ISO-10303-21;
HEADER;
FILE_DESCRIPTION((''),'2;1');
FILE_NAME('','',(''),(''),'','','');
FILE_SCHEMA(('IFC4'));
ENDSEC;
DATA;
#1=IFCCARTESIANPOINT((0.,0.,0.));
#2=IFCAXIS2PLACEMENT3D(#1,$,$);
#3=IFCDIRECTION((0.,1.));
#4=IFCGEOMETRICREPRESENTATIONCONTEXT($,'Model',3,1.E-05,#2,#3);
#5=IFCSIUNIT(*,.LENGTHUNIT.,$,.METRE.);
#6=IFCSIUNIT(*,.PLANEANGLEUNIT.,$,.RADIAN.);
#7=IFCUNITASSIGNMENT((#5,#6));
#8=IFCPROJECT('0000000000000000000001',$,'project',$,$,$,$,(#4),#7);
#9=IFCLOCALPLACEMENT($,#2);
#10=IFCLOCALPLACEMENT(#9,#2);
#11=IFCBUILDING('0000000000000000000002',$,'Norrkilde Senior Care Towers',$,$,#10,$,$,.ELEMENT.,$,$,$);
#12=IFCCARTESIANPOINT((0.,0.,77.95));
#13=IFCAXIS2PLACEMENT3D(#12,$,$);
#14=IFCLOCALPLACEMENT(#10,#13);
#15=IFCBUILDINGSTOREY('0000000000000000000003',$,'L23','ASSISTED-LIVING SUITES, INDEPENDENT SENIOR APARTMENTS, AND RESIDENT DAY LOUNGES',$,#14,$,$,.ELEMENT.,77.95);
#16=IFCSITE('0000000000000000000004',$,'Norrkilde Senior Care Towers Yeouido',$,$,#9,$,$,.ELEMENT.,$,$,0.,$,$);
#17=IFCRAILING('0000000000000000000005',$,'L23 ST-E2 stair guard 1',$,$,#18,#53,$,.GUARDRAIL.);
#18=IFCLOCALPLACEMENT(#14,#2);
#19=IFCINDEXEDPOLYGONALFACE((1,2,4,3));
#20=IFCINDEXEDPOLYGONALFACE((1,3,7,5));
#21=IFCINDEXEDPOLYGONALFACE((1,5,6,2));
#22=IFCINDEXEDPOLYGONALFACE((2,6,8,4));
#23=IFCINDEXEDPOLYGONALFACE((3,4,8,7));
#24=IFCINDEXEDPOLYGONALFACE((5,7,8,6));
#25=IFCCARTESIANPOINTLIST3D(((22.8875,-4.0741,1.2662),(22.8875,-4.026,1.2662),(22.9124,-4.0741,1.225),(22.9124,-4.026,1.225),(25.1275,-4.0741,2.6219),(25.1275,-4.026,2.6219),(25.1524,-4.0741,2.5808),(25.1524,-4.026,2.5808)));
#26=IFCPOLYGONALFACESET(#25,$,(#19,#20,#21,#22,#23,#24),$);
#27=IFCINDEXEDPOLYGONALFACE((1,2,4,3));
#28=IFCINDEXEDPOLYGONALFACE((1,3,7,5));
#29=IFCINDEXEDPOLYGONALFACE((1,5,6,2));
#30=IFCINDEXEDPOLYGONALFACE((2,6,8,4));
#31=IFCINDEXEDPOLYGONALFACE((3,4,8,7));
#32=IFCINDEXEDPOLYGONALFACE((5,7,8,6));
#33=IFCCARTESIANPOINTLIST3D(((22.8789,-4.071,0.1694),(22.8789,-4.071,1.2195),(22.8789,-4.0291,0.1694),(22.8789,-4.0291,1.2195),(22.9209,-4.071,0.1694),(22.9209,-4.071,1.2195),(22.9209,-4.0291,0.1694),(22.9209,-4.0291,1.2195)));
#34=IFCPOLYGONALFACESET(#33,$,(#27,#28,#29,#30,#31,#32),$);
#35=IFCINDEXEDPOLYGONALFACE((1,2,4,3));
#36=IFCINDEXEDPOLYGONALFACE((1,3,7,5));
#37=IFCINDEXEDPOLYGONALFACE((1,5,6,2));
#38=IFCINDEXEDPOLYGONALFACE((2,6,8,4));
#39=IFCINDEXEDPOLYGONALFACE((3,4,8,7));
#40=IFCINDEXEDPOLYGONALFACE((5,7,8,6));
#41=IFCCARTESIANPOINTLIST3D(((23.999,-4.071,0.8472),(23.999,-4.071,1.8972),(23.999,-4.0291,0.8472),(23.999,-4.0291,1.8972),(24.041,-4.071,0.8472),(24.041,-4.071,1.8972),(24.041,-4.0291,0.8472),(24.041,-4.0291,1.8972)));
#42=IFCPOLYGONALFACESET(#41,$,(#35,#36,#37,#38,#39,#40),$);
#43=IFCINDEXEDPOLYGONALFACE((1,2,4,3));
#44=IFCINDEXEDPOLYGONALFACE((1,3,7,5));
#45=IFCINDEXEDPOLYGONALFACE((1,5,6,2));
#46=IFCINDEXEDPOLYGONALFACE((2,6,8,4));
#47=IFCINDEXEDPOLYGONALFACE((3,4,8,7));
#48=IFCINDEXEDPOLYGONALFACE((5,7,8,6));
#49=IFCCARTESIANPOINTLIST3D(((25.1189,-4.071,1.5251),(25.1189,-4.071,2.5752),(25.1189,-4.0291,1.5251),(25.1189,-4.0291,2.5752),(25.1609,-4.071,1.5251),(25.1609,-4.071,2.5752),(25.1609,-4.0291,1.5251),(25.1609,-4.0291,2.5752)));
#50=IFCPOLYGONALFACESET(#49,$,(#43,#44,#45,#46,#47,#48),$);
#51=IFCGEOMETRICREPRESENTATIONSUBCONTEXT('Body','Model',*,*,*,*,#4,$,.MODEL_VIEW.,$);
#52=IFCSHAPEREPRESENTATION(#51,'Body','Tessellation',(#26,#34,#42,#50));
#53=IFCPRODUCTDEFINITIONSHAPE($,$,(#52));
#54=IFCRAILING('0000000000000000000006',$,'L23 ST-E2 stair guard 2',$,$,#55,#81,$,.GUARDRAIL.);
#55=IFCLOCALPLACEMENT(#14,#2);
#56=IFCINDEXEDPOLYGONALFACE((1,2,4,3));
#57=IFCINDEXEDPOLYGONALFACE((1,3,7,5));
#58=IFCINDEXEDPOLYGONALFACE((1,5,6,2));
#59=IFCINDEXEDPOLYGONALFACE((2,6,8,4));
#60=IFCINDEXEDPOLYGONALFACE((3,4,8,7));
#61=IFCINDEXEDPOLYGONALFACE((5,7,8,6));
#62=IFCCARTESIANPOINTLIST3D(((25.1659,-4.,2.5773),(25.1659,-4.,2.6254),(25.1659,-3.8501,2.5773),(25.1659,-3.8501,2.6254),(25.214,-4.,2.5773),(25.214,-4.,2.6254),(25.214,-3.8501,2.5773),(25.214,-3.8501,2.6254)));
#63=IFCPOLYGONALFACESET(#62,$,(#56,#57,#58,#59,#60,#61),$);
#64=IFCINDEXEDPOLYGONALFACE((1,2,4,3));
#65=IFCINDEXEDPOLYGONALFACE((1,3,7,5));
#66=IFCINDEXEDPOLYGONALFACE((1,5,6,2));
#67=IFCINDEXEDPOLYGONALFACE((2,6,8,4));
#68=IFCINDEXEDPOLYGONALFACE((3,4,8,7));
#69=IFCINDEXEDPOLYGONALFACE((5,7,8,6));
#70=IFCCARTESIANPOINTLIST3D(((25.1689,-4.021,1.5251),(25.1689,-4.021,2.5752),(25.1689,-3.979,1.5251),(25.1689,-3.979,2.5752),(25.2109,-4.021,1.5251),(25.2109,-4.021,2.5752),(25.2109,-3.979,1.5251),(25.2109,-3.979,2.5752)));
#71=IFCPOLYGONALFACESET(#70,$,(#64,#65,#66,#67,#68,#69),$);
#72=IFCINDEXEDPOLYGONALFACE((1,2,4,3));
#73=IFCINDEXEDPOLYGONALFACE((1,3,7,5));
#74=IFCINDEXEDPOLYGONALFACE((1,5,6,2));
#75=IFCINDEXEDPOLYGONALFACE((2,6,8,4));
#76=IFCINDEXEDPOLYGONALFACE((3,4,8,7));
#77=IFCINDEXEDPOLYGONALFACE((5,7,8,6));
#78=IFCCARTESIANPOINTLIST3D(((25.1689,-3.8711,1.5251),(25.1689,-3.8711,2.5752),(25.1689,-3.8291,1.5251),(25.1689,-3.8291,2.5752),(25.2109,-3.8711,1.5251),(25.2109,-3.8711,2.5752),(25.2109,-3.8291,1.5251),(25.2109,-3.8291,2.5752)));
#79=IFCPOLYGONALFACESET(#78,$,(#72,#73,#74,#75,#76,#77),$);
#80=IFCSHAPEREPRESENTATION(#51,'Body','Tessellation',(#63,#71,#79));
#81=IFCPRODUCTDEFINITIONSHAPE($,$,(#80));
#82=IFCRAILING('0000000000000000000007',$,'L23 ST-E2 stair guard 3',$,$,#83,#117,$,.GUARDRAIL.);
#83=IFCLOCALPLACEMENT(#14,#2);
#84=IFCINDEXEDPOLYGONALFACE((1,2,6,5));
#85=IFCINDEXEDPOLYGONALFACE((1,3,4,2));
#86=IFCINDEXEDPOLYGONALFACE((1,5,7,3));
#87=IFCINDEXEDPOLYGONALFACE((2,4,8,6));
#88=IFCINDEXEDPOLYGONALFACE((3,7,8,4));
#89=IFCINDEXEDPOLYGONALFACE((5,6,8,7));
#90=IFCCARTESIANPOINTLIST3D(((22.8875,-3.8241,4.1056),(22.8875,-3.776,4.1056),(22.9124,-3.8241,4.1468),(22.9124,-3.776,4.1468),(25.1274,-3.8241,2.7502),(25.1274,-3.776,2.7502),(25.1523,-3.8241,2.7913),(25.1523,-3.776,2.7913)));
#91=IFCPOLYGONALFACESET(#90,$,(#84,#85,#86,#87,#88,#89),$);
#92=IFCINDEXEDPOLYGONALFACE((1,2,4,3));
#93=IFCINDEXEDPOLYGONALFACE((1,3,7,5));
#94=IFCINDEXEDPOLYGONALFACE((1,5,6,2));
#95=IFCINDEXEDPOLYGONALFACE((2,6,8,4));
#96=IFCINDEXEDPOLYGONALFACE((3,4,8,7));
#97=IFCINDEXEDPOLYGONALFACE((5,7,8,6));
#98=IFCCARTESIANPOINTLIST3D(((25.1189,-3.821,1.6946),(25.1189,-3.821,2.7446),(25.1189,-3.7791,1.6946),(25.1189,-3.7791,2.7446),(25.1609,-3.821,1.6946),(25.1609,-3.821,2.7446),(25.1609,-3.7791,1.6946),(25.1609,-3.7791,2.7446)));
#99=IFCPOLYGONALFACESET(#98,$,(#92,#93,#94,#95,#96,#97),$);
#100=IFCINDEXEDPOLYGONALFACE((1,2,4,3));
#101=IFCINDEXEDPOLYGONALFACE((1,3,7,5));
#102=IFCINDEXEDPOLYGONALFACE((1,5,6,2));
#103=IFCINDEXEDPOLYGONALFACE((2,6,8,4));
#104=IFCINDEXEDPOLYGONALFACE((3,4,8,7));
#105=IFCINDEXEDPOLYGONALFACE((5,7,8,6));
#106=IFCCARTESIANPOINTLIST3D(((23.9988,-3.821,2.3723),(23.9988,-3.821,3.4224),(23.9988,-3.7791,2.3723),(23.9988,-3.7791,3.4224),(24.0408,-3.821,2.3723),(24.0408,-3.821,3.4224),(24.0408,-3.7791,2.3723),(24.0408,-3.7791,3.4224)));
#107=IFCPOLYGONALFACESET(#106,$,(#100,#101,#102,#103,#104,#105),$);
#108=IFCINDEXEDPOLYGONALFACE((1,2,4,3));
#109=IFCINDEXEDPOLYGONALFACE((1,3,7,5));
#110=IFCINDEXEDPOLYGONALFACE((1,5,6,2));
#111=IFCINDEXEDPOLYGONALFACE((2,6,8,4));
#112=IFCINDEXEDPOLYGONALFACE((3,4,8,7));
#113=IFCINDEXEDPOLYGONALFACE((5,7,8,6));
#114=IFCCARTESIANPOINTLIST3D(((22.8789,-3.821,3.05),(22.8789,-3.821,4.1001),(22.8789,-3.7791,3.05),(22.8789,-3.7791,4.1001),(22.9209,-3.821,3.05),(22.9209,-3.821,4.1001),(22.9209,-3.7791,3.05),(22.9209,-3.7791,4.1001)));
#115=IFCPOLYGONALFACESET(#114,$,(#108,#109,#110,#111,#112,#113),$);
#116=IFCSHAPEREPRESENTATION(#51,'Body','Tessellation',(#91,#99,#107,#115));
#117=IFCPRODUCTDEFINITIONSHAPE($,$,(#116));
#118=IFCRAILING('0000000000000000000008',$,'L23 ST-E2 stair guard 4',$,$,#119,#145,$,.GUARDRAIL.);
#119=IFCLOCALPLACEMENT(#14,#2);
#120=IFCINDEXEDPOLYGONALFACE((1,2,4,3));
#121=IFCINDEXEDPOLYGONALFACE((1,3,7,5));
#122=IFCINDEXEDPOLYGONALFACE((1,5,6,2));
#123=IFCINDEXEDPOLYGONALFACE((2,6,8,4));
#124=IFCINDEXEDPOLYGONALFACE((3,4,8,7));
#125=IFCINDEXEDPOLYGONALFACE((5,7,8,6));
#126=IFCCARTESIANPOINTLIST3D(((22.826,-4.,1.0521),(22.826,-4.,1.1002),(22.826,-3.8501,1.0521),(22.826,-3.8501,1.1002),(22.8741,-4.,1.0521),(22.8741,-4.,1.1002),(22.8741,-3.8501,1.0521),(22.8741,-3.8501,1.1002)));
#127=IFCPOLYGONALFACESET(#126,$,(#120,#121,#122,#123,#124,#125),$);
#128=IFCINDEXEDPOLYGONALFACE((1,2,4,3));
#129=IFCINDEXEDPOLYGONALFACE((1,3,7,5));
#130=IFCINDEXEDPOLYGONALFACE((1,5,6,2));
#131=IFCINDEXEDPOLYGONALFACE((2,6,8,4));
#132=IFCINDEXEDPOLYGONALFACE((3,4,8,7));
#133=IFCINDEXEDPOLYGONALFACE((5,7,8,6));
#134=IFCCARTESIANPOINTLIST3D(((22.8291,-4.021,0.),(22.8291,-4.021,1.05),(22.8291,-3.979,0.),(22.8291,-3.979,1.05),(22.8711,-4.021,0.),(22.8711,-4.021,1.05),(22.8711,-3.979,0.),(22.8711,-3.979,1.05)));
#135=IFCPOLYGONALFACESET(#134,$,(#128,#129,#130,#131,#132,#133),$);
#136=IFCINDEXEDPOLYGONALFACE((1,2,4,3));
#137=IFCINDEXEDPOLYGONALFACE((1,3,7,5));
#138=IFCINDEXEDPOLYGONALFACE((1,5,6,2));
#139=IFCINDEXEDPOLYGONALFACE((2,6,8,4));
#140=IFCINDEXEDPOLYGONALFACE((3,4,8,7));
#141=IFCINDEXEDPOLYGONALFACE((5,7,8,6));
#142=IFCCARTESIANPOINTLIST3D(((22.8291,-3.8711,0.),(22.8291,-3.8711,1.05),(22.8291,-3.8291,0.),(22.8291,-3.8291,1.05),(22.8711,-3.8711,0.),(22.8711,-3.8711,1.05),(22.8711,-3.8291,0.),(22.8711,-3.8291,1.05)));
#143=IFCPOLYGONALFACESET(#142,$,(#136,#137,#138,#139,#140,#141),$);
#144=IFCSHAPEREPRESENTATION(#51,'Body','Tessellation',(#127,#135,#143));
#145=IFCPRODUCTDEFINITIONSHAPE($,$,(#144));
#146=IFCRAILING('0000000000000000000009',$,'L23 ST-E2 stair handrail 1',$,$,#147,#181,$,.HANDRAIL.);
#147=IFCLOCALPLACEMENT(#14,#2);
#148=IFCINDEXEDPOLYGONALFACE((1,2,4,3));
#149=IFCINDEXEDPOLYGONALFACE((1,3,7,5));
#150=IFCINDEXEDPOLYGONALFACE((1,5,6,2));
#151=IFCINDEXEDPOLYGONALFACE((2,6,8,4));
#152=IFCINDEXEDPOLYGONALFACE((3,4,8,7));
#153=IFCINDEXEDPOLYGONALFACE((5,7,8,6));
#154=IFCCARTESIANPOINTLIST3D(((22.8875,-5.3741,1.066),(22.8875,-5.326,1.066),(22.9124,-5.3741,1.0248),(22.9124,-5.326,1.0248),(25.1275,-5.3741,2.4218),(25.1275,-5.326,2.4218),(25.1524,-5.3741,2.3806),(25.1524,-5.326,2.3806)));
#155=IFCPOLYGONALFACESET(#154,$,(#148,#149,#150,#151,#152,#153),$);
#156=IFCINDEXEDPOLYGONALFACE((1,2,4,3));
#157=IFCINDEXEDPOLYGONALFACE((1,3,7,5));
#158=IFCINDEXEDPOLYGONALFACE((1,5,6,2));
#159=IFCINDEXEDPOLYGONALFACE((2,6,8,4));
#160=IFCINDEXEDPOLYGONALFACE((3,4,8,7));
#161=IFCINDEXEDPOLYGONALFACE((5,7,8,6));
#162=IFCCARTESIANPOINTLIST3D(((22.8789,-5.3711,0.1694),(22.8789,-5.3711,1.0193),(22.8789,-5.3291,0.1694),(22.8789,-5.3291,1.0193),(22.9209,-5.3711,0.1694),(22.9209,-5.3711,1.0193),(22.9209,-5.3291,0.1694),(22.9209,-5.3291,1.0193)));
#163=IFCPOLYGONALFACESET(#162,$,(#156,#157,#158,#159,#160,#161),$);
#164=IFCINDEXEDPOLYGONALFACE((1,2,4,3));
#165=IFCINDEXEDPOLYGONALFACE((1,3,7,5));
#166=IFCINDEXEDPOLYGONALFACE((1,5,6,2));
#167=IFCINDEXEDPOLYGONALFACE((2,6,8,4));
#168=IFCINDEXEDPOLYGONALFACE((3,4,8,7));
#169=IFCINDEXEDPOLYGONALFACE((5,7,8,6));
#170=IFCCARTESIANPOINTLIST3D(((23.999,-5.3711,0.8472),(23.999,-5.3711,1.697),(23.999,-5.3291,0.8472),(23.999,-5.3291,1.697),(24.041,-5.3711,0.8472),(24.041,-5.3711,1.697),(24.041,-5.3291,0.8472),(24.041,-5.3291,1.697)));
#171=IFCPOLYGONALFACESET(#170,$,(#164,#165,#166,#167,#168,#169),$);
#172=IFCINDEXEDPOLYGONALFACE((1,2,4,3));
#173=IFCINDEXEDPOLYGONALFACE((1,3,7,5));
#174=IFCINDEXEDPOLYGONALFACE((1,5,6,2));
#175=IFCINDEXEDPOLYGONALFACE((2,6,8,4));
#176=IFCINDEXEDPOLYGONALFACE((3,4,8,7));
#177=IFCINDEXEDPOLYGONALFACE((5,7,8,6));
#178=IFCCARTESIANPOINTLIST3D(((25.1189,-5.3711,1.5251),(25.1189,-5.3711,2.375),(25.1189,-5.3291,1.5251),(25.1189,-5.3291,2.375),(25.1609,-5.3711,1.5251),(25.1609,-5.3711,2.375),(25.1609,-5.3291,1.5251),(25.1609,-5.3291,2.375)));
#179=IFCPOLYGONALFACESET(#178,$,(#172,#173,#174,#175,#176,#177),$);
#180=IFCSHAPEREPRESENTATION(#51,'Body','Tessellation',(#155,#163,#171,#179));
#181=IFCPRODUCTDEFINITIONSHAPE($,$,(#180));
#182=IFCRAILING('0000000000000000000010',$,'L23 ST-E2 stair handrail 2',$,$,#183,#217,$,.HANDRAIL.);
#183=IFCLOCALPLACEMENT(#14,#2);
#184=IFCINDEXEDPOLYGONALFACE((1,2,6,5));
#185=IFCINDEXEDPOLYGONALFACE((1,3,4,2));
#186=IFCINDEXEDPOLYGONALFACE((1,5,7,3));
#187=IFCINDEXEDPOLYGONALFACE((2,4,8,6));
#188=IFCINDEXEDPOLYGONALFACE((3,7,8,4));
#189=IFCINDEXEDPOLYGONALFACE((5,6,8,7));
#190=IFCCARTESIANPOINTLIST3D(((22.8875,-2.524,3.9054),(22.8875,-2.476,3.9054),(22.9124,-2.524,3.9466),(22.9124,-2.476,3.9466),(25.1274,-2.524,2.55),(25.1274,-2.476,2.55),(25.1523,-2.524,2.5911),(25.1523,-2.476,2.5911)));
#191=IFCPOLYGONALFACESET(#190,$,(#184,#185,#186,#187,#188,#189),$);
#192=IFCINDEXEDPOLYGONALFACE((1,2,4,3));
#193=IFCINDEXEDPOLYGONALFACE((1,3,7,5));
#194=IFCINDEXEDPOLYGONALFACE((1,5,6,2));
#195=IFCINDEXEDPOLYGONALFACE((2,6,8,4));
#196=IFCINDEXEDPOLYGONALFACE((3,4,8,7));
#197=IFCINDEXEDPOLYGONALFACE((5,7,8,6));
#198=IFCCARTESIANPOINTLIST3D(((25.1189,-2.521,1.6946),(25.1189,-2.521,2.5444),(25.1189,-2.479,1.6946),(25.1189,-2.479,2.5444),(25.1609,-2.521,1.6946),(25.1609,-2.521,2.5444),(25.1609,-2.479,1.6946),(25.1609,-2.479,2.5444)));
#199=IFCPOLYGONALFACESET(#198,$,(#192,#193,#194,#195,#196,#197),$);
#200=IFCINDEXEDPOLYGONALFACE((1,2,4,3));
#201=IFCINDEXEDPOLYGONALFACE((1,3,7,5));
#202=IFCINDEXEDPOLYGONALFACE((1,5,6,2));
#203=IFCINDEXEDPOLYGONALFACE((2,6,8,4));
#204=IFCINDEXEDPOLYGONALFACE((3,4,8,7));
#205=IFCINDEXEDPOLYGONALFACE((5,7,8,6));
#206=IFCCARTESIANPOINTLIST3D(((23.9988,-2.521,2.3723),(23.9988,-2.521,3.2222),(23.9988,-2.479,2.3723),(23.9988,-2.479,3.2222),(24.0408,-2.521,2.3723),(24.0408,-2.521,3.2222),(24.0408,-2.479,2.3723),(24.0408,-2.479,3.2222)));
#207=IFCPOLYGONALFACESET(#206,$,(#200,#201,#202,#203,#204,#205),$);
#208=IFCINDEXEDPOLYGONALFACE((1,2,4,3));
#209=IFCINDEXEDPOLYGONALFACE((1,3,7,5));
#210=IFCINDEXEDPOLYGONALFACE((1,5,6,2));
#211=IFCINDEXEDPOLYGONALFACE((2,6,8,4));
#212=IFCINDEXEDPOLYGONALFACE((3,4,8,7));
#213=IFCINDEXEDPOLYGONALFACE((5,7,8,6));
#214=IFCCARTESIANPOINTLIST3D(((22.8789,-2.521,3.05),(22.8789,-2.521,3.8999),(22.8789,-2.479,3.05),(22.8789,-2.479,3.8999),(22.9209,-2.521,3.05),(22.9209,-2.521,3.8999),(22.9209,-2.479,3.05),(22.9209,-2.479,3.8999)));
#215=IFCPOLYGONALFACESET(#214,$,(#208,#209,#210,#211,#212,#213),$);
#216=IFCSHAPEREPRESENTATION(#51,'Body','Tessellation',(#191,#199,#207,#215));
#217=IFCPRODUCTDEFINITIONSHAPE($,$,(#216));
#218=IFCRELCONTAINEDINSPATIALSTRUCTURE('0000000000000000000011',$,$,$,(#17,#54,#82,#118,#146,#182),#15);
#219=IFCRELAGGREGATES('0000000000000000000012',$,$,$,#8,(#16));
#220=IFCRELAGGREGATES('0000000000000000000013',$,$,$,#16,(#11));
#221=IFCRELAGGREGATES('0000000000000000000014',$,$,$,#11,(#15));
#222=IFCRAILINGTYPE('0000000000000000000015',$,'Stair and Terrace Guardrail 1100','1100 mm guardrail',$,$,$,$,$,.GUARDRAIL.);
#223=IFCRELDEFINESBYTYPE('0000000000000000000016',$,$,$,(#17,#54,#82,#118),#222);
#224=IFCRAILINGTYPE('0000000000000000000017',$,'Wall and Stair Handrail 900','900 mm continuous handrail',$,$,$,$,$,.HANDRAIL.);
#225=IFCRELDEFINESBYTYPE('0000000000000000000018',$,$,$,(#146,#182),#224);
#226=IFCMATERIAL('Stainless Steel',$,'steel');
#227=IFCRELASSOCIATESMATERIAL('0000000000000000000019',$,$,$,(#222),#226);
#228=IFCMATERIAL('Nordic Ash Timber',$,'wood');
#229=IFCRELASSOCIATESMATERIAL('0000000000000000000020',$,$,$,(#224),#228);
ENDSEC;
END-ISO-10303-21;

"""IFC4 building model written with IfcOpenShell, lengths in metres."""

from ifc_helpers import new_model, si_unit, direction, frame, origin, origin_2d, place, context, subcontext, project, spatial, rectangle, extrude, material, type_object, element, save


model = new_model("IFC4")

# Units and contexts
model_context = context("Model", 3, precision=1e-05, world=origin(), true_north=direction((0.0, 1.0)))
body_context = subcontext(model_context, "Body", "Model", "MODEL_VIEW")
ifc_project = project(units=[si_unit("LENGTHUNIT", "METRE"), si_unit("PLANEANGLEUNIT", "RADIAN")], contexts=[model_context])

# Site, building, storey
site_placement = place(None, origin())
site = spatial("IfcSite", under=ifc_project, at=site_placement, Name="Norrkilde Senior Care Towers Yeouido", CompositionType="ELEMENT", RefElevation=0.0)
building_placement = place(site_placement, origin())
building = spatial("IfcBuilding", under=site, at=building_placement, Name="Norrkilde Senior Care Towers", CompositionType="ELEMENT")
storey_placement = place(building_placement, frame((0.0, 0.0, 77.95)))
storey = spatial("IfcBuildingStorey", under=building, at=storey_placement, Name="L23", Description="ASSISTED-LIVING SUITES, INDEPENDENT SENIOR APARTMENTS, AND RESIDENT DAY LOUNGES", CompositionType="ELEMENT", Elevation=77.95)

# Shared definitions
ifc_material_1 = material(Name="Stainless Steel", Category="steel")

# Shared definitions
ifc_material_2 = material(Name="Nordic Ash Timber", Category="wood")

# Railings
railing_type_1 = type_object("IfcRailingType", Name="Stair and Terrace Guardrail 1100", Description="1100 mm guardrail", PredefinedType="GUARDRAIL", material=ifc_material_1)
railing_1_placement = place(storey_placement, frame((22.8999, -4.05, 0.1694)))
element("IfcRailing", 1, at=railing_1_placement, inside=storey, type_object=railing_type_1, Name="L23 ST-E2 stair guard 1", PredefinedType="GUARDRAIL", context=body_context, shape_type="SweptSolid", body=[
    extrude(rectangle(XDim=0.0481, YDim=0.0481, at=origin_2d()), frame((0.0, 0.0, 1.0762), z_axis=(0.855512, 0.0, 0.517783), x_axis=(0.0, 1.0, 0.0)), (0.0, 0.0, 1.0), 2.6184),
    extrude(rectangle(XDim=0.042, YDim=0.042, at=origin_2d()), origin(), (0.0, 0.0, 1.0), 1.05),
    extrude(rectangle(XDim=0.042, YDim=0.042, at=origin_2d()), frame((1.1201, 0.0, 0.6777)), (0.0, 0.0, 1.0), 1.05),
    extrude(rectangle(XDim=0.042, YDim=0.042, at=origin_2d()), frame((2.24, 0.0, 1.3557)), (0.0, 0.0, 1.0), 1.05),
])
railing_2_placement = place(storey_placement, frame((25.1899, -4.0, 1.5251)))
element("IfcRailing", 2, at=railing_2_placement, inside=storey, type_object=railing_type_1, Name="L23 ST-E2 stair guard 2", PredefinedType="GUARDRAIL", context=body_context, shape_type="SweptSolid", body=[
    extrude(rectangle(XDim=0.0481, YDim=0.0481, at=origin_2d()), frame((0.0, 0.0, 1.0762), z_axis=(0.0, 1.0, 0.0), x_axis=(-1.0, 0.0, 0.0)), (0.0, 0.0, 1.0), 0.1499),
    extrude(rectangle(XDim=0.042, YDim=0.042, at=origin_2d()), origin(), (0.0, 0.0, 1.0), 1.05),
    extrude(rectangle(XDim=0.042, YDim=0.042, at=origin_2d()), frame((0.0, 0.1499, 0.0)), (0.0, 0.0, 1.0), 1.05),
])
railing_3_placement = place(storey_placement, frame((25.1399, -3.8, 1.6946)))
element("IfcRailing", 3, at=railing_3_placement, inside=storey, type_object=railing_type_1, Name="L23 ST-E2 stair guard 3", PredefinedType="GUARDRAIL", context=body_context, shape_type="SweptSolid", body=[
    extrude(rectangle(XDim=0.0481, YDim=0.0481, at=origin_2d()), frame((0.0, 0.0, 1.0762), z_axis=(-0.855553, 0.0, 0.517715), x_axis=(0.0, -1.0, 0.0)), (0.0, 0.0, 1.0), 2.6182),
    extrude(rectangle(XDim=0.042, YDim=0.042, at=origin_2d()), origin(), (0.0, 0.0, 1.0), 1.05),
    extrude(rectangle(XDim=0.042, YDim=0.042, at=origin_2d()), frame((-1.1201, 0.0, 0.6777)), (0.0, 0.0, 1.0), 1.05),
    extrude(rectangle(XDim=0.042, YDim=0.042, at=origin_2d()), frame((-2.24, 0.0, 1.3555)), (0.0, 0.0, 1.0), 1.05),
])
railing_4_placement = place(storey_placement, frame((22.8501, -4.0, 0.0)))
element("IfcRailing", 4, at=railing_4_placement, inside=storey, type_object=railing_type_1, Name="L23 ST-E2 stair guard 4", PredefinedType="GUARDRAIL", context=body_context, shape_type="SweptSolid", body=[
    extrude(rectangle(XDim=0.0481, YDim=0.0481, at=origin_2d()), frame((0.0, 0.0, 1.0762), z_axis=(0.0, 1.0, 0.0), x_axis=(-1.0, 0.0, 0.0)), (0.0, 0.0, 1.0), 0.1499),
    extrude(rectangle(XDim=0.042, YDim=0.042, at=origin_2d()), origin(), (0.0, 0.0, 1.0), 1.05),
    extrude(rectangle(XDim=0.042, YDim=0.042, at=origin_2d()), frame((0.0, 0.1499, 0.0)), (0.0, 0.0, 1.0), 1.05),
])
railing_type_2 = type_object("IfcRailingType", Name="Wall and Stair Handrail 900", Description="900 mm continuous handrail", PredefinedType="HANDRAIL", material=ifc_material_2)
railing_5_placement = place(storey_placement, frame((22.8999, -5.3501, 0.1694)))
element("IfcRailing", 5, at=railing_5_placement, inside=storey, type_object=railing_type_2, Name="L23 ST-E2 stair handrail 1", PredefinedType="HANDRAIL", context=body_context, shape_type="SweptSolid", body=[
    extrude(rectangle(XDim=0.0481, YDim=0.0481, at=origin_2d()), frame((0.0, 0.0, 0.876), z_axis=(0.855512, 0.0, 0.517783), x_axis=(0.0, 1.0, 0.0)), (0.0, 0.0, 1.0), 2.6184),
    extrude(rectangle(XDim=0.042, YDim=0.042, at=origin_2d()), origin(), (0.0, 0.0, 1.0), 0.8499),
    extrude(rectangle(XDim=0.042, YDim=0.042, at=origin_2d()), frame((1.1201, 0.0, 0.6777)), (0.0, 0.0, 1.0), 0.8499),
    extrude(rectangle(XDim=0.042, YDim=0.042, at=origin_2d()), frame((2.24, 0.0, 1.3557)), (0.0, 0.0, 1.0), 0.8499),
])
railing_6_placement = place(storey_placement, frame((25.1399, -2.5, 1.6946)))
element("IfcRailing", 6, at=railing_6_placement, inside=storey, type_object=railing_type_2, Name="L23 ST-E2 stair handrail 2", PredefinedType="HANDRAIL", context=body_context, shape_type="SweptSolid", body=[
    extrude(rectangle(XDim=0.0481, YDim=0.0481, at=origin_2d()), frame((0.0, 0.0, 0.876), z_axis=(-0.855553, 0.0, 0.517715), x_axis=(0.0, -1.0, 0.0)), (0.0, 0.0, 1.0), 2.6182),
    extrude(rectangle(XDim=0.042, YDim=0.042, at=origin_2d()), origin(), (0.0, 0.0, 1.0), 0.8499),
    extrude(rectangle(XDim=0.042, YDim=0.042, at=origin_2d()), frame((-1.1201, 0.0, 0.6777)), (0.0, 0.0, 1.0), 0.8499),
    extrude(rectangle(XDim=0.042, YDim=0.042, at=origin_2d()), frame((-2.24, 0.0, 1.3555)), (0.0, 0.0, 1.0), 0.8499),
])

save(model, "model.ifc")
